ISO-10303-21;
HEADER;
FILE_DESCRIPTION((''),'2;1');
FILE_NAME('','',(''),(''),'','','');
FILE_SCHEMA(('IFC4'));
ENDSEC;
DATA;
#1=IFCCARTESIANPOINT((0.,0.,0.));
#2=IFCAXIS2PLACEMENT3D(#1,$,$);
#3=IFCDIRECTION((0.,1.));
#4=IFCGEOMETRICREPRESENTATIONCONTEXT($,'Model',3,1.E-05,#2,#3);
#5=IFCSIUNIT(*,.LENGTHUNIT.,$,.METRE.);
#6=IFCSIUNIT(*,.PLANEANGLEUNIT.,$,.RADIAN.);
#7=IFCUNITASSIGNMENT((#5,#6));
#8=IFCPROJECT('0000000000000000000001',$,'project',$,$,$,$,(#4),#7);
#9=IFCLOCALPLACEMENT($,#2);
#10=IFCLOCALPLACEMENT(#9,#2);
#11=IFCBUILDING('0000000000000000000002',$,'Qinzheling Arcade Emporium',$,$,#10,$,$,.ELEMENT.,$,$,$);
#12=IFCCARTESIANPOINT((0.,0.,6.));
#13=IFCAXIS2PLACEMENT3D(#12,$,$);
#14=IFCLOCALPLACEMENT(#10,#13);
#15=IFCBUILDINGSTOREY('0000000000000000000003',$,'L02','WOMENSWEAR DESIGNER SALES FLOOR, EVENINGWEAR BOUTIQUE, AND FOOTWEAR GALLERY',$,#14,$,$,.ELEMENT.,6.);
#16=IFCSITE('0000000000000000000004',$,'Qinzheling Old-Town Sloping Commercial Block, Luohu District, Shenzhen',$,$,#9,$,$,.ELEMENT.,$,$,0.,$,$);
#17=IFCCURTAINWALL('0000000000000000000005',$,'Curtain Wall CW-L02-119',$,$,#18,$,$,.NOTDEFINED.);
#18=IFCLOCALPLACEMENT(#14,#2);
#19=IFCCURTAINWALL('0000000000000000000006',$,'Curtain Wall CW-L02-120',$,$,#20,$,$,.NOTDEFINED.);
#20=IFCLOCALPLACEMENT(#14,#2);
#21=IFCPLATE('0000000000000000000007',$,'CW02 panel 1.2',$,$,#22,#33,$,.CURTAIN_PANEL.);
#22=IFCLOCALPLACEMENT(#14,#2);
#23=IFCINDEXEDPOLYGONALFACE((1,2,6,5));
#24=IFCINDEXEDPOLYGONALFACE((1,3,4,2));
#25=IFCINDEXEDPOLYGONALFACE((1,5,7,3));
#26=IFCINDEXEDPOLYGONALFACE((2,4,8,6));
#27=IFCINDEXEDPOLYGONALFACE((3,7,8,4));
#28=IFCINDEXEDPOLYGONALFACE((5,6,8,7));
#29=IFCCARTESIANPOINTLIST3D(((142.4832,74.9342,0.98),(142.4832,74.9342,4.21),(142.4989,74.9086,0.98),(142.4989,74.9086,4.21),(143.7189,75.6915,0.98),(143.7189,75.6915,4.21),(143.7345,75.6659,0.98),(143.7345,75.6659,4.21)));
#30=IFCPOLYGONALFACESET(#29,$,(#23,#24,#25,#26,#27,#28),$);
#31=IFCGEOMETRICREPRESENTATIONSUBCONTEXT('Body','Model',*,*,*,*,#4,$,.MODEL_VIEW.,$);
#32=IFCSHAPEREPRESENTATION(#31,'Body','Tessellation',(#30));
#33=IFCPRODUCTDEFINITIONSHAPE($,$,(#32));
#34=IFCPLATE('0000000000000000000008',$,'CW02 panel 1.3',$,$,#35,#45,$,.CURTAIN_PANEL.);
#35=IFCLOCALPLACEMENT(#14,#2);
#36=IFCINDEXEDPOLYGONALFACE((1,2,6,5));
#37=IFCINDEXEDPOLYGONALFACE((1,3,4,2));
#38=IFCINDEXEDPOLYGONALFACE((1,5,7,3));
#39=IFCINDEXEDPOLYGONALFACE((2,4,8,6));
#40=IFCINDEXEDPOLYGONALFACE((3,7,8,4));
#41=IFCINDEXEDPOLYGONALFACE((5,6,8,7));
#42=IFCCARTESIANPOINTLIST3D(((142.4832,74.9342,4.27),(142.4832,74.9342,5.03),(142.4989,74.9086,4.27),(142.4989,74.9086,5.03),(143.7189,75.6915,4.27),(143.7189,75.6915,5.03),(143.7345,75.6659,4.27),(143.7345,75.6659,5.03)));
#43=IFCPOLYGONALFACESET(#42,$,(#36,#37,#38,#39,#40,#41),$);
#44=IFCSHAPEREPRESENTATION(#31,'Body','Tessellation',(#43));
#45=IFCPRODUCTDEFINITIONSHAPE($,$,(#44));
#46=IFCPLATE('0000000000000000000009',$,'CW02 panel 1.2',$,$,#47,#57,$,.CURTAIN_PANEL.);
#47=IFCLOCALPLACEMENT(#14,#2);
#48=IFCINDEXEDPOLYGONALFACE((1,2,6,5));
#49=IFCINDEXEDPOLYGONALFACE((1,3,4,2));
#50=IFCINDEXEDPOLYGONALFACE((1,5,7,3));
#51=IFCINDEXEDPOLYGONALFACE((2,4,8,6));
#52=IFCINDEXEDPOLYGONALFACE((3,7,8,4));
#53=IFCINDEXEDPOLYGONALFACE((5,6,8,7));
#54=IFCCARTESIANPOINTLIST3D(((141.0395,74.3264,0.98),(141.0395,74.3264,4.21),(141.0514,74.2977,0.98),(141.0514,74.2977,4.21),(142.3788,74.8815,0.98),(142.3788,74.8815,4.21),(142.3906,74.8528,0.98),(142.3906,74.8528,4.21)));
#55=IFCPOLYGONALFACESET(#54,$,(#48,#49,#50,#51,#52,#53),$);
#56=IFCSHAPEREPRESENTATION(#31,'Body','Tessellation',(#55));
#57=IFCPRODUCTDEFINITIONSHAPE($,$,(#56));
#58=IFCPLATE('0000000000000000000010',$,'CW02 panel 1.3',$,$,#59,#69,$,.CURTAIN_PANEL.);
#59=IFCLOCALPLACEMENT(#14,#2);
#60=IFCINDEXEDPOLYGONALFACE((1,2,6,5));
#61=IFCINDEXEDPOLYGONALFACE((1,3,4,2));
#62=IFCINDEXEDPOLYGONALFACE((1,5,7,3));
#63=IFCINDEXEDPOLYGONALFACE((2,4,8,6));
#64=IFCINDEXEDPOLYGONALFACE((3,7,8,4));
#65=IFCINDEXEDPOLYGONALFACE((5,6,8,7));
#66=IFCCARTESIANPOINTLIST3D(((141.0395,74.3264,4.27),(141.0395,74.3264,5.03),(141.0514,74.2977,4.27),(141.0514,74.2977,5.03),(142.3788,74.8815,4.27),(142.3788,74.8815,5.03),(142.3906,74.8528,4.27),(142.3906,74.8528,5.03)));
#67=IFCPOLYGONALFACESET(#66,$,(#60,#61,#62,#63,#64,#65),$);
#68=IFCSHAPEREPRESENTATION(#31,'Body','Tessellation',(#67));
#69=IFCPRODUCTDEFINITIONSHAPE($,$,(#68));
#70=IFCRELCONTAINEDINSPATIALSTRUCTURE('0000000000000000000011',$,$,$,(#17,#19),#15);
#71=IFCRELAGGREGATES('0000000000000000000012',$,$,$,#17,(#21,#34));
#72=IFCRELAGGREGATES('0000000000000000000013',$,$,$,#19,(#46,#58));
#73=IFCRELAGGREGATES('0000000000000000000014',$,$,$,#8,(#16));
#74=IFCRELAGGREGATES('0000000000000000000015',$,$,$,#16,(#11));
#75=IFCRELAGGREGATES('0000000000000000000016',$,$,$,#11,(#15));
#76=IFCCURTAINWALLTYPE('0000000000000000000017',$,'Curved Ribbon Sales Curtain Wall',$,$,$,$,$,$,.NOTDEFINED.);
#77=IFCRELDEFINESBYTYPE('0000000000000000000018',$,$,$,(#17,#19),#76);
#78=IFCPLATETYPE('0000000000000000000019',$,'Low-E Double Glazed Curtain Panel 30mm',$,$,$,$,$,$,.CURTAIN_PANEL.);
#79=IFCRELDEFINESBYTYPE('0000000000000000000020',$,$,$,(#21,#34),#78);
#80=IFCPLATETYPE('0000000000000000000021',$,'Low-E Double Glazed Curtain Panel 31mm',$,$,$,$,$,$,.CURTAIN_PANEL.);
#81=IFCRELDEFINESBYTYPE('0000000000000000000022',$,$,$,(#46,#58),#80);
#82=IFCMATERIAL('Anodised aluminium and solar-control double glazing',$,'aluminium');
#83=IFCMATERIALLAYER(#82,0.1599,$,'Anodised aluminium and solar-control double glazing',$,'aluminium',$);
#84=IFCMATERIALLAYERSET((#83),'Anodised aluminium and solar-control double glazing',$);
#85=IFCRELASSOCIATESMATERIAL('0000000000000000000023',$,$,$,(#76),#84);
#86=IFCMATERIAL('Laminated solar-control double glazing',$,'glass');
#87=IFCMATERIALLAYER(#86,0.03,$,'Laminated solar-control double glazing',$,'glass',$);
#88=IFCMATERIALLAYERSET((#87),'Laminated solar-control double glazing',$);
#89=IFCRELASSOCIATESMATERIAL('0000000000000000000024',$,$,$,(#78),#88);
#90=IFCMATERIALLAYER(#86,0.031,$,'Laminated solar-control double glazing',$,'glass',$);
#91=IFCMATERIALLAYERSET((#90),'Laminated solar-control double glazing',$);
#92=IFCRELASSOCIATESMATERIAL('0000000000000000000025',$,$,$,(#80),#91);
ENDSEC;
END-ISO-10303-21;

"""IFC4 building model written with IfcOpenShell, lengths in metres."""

from ifc_helpers import new_model, si_unit, direction, frame, origin, origin_2d, place, context, subcontext, project, spatial, rectangle, extrude, material, layer, layer_set, type_object, element, aggregate, save


model = new_model("IFC4")

# Units and contexts
model_context = context("Model", 3, precision=1e-05, world=origin(), true_north=direction((0.0, 1.0)))
body_context = subcontext(model_context, "Body", "Model", "MODEL_VIEW")
ifc_project = project(units=[si_unit("LENGTHUNIT", "METRE"), si_unit("PLANEANGLEUNIT", "RADIAN")], contexts=[model_context])

# Site, building, storey
site_placement = place(None, origin())
site = spatial("IfcSite", under=ifc_project, at=site_placement, Name="Qinzheling Old-Town Sloping Commercial Block, Luohu District, Shenzhen", CompositionType="ELEMENT", RefElevation=0.0)
building_placement = place(site_placement, origin())
building = spatial("IfcBuilding", under=site, at=building_placement, Name="Qinzheling Arcade Emporium", CompositionType="ELEMENT")
storey_placement = place(building_placement, frame((0.0, 0.0, 6.0)))
storey = spatial("IfcBuildingStorey", under=building, at=storey_placement, Name="L02", Description="WOMENSWEAR DESIGNER SALES FLOOR, EVENINGWEAR BOUTIQUE, AND FOOTWEAR GALLERY", CompositionType="ELEMENT", Elevation=6.0)

# Curtain walls
ifc_material_1 = material(Name="Anodised aluminium and solar-control double glazing", Category="aluminium")
ifc_layer_1 = layer(ifc_material_1, 0.1599, Name="Anodised aluminium and solar-control double glazing", Category="aluminium")
ifc_layer_set_1 = layer_set([ifc_layer_1], Name="Anodised aluminium and solar-control double glazing")
curtain_wall_type = type_object("IfcCurtainWallType", Name="Curved Ribbon Sales Curtain Wall", PredefinedType="NOTDEFINED", material=ifc_layer_set_1)
curtain_wall_1_placement = place(storey_placement, origin())
curtain_wall_1 = element("IfcCurtainWall", 1, at=curtain_wall_1_placement, inside=storey, type_object=curtain_wall_type, Name="Curtain Wall CW-L02-119", PredefinedType="NOTDEFINED")
curtain_wall_2_placement = place(storey_placement, origin())
curtain_wall_2 = element("IfcCurtainWall", 2, at=curtain_wall_2_placement, inside=storey, type_object=curtain_wall_type, Name="Curtain Wall CW-L02-120", PredefinedType="NOTDEFINED")

# Plates
ifc_material_2 = material(Name="Laminated solar-control double glazing", Category="glass")
ifc_layer_2 = layer(ifc_material_2, 0.03, Name="Laminated solar-control double glazing", Category="glass")
ifc_layer_set_2 = layer_set([ifc_layer_2], Name="Laminated solar-control double glazing")
plate_type_1 = type_object("IfcPlateType", Name="Low-E Double Glazed Curtain Panel 30mm", PredefinedType="CURTAIN_PANEL", material=ifc_layer_set_2)
plate_1_placement = place(storey_placement, frame((143.1089, 75.3, 0.98), z_axis=(0.0, 0.0, 1.0), x_axis=(-0.85262, -0.522532, 0.0)))
plate_1 = element("IfcPlate", 3, at=plate_1_placement, type_object=plate_type_1, Name="CW02 panel 1.2", PredefinedType="CURTAIN_PANEL", context=body_context, shape_type="SweptSolid", body=[
    extrude(rectangle(XDim=1.4492, YDim=0.03, at=origin_2d()), origin(), (0.0, 0.0, 1.0), 3.23),
])
plate_2_placement = place(storey_placement, frame((143.1089, 75.3, 4.27), z_axis=(0.0, 0.0, 1.0), x_axis=(-0.85262, -0.522532, 0.0)))
plate_2 = element("IfcPlate", 4, at=plate_2_placement, type_object=plate_type_1, Name="CW02 panel 1.3", PredefinedType="CURTAIN_PANEL", context=body_context, shape_type="SweptSolid", body=[
    extrude(rectangle(XDim=1.4492, YDim=0.03, at=origin_2d()), origin(), (0.0, 0.0, 1.0), 0.76),
])
aggregate(curtain_wall_1, [plate_1, plate_2])
ifc_layer_3 = layer(ifc_material_2, 0.031, Name="Laminated solar-control double glazing", Category="glass")
ifc_layer_set_3 = layer_set([ifc_layer_3], Name="Laminated solar-control double glazing")
plate_type_2 = type_object("IfcPlateType", Name="Low-E Double Glazed Curtain Panel 31mm", PredefinedType="CURTAIN_PANEL", material=ifc_layer_set_3)
plate_3_placement = place(storey_placement, frame((141.7151, 74.5896, 0.98), z_axis=(0.0, 0.0, 1.0), x_axis=(-0.923792, -0.382896, 0.0)))
plate_3 = element("IfcPlate", 5, at=plate_3_placement, type_object=plate_type_2, Name="CW02 panel 1.2", PredefinedType="CURTAIN_PANEL", context=body_context, shape_type="SweptSolid", body=[
    extrude(rectangle(XDim=1.4497, YDim=0.031, at=origin_2d()), origin(), (0.0, 0.0, 1.0), 3.23),
])
plate_4_placement = place(storey_placement, frame((141.7151, 74.5896, 4.27), z_axis=(0.0, 0.0, 1.0), x_axis=(-0.923792, -0.382896, 0.0)))
plate_4 = element("IfcPlate", 6, at=plate_4_placement, type_object=plate_type_2, Name="CW02 panel 1.3", PredefinedType="CURTAIN_PANEL", context=body_context, shape_type="SweptSolid", body=[
    extrude(rectangle(XDim=1.4497, YDim=0.031, at=origin_2d()), origin(), (0.0, 0.0, 1.0), 0.76),
])
aggregate(curtain_wall_2, [plate_3, plate_4])

save(model, "model.ifc")
